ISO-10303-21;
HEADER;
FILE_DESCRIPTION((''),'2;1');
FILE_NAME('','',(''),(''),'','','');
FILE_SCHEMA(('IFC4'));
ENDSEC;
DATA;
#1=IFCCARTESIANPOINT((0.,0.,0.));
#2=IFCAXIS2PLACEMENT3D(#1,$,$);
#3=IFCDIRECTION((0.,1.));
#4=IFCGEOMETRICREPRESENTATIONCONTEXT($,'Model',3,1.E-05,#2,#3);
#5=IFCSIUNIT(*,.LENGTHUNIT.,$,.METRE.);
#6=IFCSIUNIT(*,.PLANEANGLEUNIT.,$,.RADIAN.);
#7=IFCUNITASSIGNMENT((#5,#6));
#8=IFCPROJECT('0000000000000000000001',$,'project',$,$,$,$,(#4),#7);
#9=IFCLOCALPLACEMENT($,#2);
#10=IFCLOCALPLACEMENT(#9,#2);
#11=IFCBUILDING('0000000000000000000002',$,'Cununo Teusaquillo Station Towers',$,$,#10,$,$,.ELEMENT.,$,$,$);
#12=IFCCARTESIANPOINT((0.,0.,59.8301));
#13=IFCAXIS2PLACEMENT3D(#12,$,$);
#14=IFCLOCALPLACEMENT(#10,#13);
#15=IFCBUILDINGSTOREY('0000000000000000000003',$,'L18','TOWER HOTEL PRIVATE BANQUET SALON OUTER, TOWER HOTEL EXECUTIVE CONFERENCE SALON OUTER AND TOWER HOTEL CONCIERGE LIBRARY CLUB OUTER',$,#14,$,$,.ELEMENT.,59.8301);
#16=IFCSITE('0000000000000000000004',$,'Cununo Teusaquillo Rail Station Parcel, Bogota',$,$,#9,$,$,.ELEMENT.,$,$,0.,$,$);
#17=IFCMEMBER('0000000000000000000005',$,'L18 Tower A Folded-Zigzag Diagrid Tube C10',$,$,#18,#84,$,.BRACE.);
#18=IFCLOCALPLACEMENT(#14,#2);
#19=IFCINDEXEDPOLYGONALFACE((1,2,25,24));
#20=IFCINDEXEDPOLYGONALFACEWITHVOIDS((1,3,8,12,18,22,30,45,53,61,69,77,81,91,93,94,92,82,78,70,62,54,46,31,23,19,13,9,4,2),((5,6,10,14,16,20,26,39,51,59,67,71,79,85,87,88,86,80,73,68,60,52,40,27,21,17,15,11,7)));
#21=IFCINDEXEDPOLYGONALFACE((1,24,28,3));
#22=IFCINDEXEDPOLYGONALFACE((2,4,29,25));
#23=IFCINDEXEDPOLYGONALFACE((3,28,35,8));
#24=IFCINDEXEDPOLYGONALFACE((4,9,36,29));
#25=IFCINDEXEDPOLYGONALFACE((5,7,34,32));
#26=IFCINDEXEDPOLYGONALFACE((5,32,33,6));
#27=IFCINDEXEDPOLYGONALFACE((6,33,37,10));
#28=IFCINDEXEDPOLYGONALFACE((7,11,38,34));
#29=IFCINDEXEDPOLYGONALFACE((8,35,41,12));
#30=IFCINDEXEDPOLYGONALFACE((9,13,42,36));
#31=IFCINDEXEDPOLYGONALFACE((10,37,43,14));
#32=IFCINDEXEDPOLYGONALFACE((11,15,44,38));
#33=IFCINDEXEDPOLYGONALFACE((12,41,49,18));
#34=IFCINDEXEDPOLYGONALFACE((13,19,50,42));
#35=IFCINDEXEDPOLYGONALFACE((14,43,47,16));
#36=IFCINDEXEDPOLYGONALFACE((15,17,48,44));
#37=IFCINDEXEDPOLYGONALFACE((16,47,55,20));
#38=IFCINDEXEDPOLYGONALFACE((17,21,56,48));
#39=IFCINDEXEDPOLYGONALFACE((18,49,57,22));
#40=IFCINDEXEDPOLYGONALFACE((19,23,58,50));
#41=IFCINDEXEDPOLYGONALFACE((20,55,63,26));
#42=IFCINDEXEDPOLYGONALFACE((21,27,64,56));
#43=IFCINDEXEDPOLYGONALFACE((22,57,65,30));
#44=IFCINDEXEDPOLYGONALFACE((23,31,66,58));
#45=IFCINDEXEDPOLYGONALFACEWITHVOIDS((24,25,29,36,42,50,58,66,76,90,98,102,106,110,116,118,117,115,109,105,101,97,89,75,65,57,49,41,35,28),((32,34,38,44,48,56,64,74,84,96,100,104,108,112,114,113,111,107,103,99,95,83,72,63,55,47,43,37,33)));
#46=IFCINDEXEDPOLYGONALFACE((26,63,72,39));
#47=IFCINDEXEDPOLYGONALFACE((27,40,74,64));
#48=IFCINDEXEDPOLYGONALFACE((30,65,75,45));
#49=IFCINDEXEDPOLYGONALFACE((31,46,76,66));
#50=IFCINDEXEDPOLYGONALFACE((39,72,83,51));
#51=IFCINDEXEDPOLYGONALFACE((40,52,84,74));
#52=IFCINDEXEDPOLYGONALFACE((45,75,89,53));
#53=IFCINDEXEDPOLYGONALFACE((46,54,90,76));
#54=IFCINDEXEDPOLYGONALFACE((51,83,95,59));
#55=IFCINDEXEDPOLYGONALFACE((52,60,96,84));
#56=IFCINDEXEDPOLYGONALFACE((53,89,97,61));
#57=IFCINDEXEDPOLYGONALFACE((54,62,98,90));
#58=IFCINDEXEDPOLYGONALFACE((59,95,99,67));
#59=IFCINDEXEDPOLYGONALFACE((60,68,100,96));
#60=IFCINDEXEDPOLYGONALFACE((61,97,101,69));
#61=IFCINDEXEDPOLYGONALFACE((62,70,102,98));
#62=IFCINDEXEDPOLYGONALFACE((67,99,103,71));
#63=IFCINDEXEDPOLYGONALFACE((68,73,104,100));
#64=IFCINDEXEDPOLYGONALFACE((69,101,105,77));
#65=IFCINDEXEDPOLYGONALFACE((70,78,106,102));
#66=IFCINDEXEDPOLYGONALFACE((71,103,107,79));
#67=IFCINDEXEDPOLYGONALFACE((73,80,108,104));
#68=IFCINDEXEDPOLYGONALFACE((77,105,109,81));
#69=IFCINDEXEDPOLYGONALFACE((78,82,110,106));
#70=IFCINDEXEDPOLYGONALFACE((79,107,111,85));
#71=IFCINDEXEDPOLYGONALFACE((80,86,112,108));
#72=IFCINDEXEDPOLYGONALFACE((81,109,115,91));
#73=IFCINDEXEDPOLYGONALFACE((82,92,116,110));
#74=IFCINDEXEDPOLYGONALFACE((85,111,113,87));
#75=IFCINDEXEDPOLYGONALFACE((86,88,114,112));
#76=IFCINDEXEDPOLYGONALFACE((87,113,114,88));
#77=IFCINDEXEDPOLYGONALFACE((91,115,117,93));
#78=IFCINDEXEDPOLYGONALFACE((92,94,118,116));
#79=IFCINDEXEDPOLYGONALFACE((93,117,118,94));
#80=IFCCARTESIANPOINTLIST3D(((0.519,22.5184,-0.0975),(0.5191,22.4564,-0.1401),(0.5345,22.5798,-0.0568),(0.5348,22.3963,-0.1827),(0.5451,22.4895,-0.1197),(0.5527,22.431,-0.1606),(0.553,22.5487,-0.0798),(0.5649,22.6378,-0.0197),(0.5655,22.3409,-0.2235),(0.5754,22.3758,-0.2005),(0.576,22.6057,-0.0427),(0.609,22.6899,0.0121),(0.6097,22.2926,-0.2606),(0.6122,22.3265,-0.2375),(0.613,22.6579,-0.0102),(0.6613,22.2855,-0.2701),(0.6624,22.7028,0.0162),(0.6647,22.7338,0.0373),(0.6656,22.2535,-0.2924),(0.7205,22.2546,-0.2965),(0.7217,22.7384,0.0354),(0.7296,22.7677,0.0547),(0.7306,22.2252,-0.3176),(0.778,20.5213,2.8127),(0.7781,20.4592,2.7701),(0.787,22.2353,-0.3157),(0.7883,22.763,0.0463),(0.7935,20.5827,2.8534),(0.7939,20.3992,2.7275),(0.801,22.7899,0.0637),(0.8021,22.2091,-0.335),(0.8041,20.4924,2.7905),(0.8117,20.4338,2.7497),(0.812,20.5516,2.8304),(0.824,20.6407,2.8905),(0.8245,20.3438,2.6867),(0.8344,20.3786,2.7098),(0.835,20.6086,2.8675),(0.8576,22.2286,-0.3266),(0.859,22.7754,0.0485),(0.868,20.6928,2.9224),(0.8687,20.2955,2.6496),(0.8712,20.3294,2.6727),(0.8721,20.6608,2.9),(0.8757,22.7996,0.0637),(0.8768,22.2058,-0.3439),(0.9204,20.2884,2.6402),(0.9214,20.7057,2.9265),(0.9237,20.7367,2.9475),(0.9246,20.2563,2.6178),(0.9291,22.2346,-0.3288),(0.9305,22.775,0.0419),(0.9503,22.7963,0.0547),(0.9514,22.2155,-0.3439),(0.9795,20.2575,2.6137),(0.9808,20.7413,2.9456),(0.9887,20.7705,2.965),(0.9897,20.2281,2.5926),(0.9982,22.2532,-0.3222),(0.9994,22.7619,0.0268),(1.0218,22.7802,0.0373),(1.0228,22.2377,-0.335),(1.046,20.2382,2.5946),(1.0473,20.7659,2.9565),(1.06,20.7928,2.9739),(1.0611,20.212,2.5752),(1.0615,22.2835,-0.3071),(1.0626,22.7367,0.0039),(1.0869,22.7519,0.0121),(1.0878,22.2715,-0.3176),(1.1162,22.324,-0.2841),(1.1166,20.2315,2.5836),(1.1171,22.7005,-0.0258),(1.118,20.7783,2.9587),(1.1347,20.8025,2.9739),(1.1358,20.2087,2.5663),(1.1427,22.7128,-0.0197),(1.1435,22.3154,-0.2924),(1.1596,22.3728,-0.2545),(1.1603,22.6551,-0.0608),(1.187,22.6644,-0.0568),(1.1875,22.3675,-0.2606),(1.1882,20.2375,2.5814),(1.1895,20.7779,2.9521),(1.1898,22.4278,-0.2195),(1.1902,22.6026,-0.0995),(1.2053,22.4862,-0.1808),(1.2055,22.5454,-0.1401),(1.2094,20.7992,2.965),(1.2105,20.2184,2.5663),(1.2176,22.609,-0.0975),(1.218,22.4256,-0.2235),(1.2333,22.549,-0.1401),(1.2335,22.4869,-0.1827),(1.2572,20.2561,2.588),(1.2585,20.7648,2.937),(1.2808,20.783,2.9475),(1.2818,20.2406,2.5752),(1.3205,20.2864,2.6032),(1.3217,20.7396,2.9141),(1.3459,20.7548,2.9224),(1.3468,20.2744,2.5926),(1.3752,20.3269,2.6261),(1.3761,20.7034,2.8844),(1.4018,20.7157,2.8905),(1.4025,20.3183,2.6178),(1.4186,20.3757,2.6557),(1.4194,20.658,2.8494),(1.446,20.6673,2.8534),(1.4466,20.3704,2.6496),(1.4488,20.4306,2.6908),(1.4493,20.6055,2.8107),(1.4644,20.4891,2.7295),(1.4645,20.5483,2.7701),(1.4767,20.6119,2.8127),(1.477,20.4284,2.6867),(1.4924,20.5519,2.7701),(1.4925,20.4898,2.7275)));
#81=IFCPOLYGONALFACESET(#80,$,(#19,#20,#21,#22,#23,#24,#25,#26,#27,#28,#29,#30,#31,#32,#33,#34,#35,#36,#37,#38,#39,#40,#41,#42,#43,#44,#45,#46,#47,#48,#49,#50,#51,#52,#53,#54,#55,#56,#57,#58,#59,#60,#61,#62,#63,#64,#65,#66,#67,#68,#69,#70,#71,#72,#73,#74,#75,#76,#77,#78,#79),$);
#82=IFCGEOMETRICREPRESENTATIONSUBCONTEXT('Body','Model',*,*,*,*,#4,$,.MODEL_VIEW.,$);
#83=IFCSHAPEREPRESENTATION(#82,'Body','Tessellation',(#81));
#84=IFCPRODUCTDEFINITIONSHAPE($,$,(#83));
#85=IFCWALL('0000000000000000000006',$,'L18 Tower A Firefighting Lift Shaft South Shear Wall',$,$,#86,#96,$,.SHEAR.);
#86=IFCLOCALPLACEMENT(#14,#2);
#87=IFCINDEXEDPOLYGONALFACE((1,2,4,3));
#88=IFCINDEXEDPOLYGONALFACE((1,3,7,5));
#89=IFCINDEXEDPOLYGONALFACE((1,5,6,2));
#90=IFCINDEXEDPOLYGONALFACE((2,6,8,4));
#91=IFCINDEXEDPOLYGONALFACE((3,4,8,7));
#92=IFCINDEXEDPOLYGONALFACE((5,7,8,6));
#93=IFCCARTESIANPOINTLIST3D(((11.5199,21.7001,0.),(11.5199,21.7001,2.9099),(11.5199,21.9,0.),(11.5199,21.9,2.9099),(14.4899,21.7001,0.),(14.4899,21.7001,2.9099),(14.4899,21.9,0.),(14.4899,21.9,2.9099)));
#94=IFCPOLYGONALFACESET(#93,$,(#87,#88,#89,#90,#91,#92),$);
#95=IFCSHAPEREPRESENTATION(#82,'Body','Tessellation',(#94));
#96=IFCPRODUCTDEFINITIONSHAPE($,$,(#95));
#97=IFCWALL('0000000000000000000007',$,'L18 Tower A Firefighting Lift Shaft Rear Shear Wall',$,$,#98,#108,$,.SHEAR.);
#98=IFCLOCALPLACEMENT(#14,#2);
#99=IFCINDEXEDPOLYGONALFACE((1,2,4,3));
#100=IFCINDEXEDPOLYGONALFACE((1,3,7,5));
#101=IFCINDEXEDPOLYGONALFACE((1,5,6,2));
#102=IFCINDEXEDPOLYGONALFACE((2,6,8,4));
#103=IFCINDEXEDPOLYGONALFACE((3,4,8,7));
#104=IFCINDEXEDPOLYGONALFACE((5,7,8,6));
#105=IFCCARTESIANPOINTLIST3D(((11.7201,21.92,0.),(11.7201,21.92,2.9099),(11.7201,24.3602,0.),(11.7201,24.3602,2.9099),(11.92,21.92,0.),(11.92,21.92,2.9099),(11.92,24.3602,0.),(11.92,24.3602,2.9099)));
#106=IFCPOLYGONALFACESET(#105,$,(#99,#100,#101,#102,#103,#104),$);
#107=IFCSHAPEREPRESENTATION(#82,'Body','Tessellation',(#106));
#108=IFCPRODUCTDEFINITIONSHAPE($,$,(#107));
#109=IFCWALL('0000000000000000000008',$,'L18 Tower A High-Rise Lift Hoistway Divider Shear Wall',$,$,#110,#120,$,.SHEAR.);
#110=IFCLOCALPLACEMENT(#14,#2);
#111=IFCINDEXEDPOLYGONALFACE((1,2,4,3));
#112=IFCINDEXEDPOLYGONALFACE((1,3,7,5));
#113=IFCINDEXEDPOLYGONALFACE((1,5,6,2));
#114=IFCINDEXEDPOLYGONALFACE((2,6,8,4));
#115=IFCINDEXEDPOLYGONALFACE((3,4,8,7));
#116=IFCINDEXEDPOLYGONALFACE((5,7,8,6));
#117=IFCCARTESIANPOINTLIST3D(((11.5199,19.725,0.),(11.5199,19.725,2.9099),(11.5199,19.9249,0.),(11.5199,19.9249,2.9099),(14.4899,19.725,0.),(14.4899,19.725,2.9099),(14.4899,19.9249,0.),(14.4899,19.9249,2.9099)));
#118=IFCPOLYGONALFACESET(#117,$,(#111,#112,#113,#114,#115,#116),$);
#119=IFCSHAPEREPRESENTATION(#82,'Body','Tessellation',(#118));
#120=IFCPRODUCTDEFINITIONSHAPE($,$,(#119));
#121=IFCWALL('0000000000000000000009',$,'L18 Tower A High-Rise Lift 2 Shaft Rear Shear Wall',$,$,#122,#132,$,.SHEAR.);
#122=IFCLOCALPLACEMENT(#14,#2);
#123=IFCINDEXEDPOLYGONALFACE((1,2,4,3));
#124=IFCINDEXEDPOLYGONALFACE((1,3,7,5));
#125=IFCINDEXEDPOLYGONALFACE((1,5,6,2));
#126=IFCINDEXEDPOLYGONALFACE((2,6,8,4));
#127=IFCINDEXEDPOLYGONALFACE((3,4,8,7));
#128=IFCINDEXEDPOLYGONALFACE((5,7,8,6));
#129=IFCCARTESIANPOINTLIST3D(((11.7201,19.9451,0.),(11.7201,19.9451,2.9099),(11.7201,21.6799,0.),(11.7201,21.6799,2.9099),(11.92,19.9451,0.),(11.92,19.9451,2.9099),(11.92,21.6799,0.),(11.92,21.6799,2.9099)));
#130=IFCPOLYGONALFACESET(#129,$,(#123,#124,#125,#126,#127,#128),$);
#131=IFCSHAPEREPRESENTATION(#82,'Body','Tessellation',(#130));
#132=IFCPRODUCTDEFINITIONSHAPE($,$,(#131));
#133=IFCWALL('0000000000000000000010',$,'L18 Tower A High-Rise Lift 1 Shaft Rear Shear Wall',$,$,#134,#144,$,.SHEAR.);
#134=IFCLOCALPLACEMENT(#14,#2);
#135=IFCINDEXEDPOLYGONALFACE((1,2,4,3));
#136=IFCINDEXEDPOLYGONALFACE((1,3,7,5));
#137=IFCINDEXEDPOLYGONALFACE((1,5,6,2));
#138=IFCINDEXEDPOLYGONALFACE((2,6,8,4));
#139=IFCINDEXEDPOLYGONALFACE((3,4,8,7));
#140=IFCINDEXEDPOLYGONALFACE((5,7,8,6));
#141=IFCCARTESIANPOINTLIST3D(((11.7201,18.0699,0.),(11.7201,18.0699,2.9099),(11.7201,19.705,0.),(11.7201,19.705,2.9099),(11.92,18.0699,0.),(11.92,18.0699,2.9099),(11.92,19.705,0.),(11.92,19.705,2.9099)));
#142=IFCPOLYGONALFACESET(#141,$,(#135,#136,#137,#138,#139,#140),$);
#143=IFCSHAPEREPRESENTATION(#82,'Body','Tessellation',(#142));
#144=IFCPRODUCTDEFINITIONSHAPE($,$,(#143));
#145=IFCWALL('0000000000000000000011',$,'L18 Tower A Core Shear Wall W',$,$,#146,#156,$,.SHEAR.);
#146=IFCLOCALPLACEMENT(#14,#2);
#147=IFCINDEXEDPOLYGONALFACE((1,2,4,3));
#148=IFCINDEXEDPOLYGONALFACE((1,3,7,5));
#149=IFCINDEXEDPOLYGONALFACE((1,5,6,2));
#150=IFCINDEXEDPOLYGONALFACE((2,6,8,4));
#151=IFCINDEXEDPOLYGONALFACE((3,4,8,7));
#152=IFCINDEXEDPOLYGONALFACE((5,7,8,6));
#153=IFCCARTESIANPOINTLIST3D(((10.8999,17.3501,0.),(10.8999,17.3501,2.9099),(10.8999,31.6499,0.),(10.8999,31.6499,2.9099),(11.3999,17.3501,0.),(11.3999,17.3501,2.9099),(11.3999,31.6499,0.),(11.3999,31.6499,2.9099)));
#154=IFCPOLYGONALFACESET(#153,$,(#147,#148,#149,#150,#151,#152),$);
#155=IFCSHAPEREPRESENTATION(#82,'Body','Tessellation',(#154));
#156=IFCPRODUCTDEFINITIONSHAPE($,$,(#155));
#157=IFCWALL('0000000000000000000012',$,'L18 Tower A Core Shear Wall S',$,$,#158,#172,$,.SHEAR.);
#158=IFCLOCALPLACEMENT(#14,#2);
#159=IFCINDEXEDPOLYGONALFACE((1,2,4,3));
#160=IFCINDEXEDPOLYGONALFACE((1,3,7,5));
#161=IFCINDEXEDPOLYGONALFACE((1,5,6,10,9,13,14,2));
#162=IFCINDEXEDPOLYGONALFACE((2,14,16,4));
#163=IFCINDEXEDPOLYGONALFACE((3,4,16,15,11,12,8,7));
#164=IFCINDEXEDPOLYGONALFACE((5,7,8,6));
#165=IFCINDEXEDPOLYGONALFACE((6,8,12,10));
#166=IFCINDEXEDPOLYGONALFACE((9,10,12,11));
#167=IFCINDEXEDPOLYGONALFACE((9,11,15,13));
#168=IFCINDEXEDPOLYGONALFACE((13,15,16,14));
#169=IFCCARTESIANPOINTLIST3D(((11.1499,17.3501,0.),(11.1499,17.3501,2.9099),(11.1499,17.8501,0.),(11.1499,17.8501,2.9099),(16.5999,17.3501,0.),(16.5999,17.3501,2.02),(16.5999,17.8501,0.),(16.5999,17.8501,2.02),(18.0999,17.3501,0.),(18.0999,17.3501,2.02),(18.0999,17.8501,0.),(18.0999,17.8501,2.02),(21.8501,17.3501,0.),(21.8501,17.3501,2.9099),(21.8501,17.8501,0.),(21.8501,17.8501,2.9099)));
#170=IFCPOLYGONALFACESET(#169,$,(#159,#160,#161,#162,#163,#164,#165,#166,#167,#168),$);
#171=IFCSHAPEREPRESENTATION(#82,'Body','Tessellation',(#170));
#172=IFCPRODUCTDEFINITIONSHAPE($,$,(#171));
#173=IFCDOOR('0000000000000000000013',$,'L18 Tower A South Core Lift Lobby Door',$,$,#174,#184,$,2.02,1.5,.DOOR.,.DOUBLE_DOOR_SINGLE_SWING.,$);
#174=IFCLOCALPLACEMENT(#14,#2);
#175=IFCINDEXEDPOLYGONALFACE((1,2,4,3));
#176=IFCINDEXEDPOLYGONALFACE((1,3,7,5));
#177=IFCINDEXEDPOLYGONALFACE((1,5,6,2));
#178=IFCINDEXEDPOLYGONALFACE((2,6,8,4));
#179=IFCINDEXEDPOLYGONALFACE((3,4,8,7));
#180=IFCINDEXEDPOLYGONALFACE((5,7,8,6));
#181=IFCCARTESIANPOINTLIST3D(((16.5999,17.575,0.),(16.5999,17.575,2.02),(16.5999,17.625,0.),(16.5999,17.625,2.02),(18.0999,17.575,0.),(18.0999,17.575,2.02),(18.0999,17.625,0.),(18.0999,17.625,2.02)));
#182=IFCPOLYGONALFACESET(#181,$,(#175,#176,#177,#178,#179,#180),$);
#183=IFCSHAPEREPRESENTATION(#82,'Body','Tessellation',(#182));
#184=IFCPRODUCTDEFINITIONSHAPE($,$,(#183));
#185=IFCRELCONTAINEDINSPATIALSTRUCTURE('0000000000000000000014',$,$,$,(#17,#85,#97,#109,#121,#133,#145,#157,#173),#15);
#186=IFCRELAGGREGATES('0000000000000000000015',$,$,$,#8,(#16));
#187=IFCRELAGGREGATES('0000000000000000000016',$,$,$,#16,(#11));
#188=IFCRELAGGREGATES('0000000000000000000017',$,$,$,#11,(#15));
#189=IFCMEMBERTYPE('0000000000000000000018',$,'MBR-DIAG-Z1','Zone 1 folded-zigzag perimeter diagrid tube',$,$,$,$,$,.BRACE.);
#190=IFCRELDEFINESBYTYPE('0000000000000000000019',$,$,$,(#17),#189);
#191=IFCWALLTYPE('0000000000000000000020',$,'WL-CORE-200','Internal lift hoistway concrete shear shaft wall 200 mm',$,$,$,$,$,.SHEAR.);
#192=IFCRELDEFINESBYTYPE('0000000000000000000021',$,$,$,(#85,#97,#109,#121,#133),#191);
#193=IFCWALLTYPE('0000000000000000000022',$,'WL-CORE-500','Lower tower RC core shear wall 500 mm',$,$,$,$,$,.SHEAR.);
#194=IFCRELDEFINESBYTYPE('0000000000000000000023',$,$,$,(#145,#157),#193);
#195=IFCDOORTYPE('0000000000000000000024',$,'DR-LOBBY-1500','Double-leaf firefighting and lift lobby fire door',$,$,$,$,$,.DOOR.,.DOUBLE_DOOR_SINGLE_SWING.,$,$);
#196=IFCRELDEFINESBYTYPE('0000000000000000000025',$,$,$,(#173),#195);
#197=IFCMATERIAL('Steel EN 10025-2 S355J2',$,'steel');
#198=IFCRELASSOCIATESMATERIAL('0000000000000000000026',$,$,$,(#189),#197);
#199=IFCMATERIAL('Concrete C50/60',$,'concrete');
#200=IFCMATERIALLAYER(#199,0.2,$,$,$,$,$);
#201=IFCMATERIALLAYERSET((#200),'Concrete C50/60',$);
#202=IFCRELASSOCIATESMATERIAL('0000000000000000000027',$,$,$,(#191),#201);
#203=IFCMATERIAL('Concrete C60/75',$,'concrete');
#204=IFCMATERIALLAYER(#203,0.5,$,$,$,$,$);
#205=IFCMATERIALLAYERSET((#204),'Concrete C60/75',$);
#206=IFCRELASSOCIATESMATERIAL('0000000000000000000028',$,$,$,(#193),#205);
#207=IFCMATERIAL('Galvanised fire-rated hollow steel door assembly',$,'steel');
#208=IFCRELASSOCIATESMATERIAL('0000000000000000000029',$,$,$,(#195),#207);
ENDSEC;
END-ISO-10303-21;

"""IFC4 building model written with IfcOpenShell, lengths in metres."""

from ifc_helpers import new_model, si_unit, direction, frame, frame_2d, origin, origin_2d, place, context, subcontext, project, spatial, rectangle, hollow_circle, extrude, source, transform, mapped, material, layer, layer_set, material_profile, profile_set, type_object, element, fill, save


model = new_model("IFC4")

# Units and contexts
model_context = context("Model", 3, precision=1e-05, world=origin(), true_north=direction((0.0, 1.0)))
body_context = subcontext(model_context, "Body", "Model", "MODEL_VIEW")
ifc_project = project(units=[si_unit("LENGTHUNIT", "METRE"), si_unit("PLANEANGLEUNIT", "RADIAN")], contexts=[model_context])

# Site, building, storey
site_placement = place(None, origin())
site = spatial("IfcSite", under=ifc_project, at=site_placement, Name="Cununo Teusaquillo Rail Station Parcel, Bogota", CompositionType="ELEMENT", RefElevation=0.0)
building_placement = place(site_placement, origin())
building = spatial("IfcBuilding", under=site, at=building_placement, Name="Cununo Teusaquillo Station Towers", CompositionType="ELEMENT")
storey_placement = place(building_placement, frame((0.0, 0.0, 59.8301)))
storey = spatial("IfcBuildingStorey", under=building, at=storey_placement, Name="L18", Description="TOWER HOTEL PRIVATE BANQUET SALON OUTER, TOWER HOTEL EXECUTIVE CONFERENCE SALON OUTER AND TOWER HOTEL CONCIERGE LIBRARY CLUB OUTER", CompositionType="ELEMENT", Elevation=59.8301)

# Member
ifc_material_1 = material(Name="Steel EN 10025-2 S355J2", Category="steel")
ifc_material_profile_1 = material_profile(ifc_material_1, hollow_circle(Radius=0.3601, WallThickness=0.0281, at=origin_2d()), Name="CHS 720x28")
ifc_profile_set_1 = profile_set([ifc_material_profile_1], Name="Steel EN 10025-2 S355J2")
member_type = type_object("IfcMemberType", Name="MBR-DIAG-Z1", Description="Zone 1 folded-zigzag perimeter diagrid tube", PredefinedType="BRACE", material=ifc_profile_set_1)
member_placement = place(storey_placement, frame((0.8762, 22.5027, -0.1401), z_axis=(0.073194, -0.564306, 0.822314), x_axis=(0.991693, 0.128629, 0.0)))
element("IfcMember", 1, at=member_placement, inside=storey, type_object=member_type, Name="L18 Tower A Folded-Zigzag Diagrid Tube C10", PredefinedType="BRACE", context=body_context, shape_type="SweptSolid", body=[
    extrude(hollow_circle(Radius=0.3601, WallThickness=0.0281, at=origin_2d()), origin(), (0.0, 0.0, 1.0), 3.5391),
])

# Walls
ifc_material_2 = material(Name="Concrete C50/60", Category="concrete")
ifc_layer_1 = layer(ifc_material_2, 0.2)
ifc_layer_set_1 = layer_set([ifc_layer_1], Name="Concrete C50/60")
wall_type_1 = type_object("IfcWallType", Name="WL-CORE-200", Description="Internal lift hoistway concrete shear shaft wall 200 mm", PredefinedType="SHEAR", material=ifc_layer_set_1)
wall_1_placement = place(storey_placement, frame((11.52, 21.8, 0.0), z_axis=(0.0, 0.0, 1.0), x_axis=(1.0, 0.0, 0.0)))
element("IfcWall", 2, at=wall_1_placement, inside=storey, type_object=wall_type_1, Name="L18 Tower A Firefighting Lift Shaft South Shear Wall", PredefinedType="SHEAR", context=body_context, shape_type="SweptSolid", body=[
    extrude(rectangle(XDim=2.97, YDim=0.2, at=frame_2d((1.4849, 0.0))), origin(), (0.0, 0.0, 1.0), 2.9099),
])
wall_2_placement = place(storey_placement, frame((11.8201, 21.9199, 0.0), z_axis=(0.0, 0.0, 1.0), x_axis=(0.0, 1.0, 0.0)))
element("IfcWall", 3, at=wall_2_placement, inside=storey, type_object=wall_type_1, Name="L18 Tower A Firefighting Lift Shaft Rear Shear Wall", PredefinedType="SHEAR", context=body_context, shape_type="SweptSolid", body=[
    extrude(rectangle(XDim=2.4402, YDim=0.2, at=frame_2d((1.2202, 0.0))), origin(), (0.0, 0.0, 1.0), 2.9099),
])
wall_3_placement = place(storey_placement, frame((11.52, 19.825, 0.0), z_axis=(0.0, 0.0, 1.0), x_axis=(1.0, 0.0, 0.0)))
element("IfcWall", 4, at=wall_3_placement, inside=storey, type_object=wall_type_1, Name="L18 Tower A High-Rise Lift Hoistway Divider Shear Wall", PredefinedType="SHEAR", context=body_context, shape_type="SweptSolid", body=[
    extrude(rectangle(XDim=2.97, YDim=0.2, at=frame_2d((1.4849, 0.0))), origin(), (0.0, 0.0, 1.0), 2.9099),
])
wall_4_placement = place(storey_placement, frame((11.8201, 19.9451, 0.0), z_axis=(0.0, 0.0, 1.0), x_axis=(0.0, 1.0, 0.0)))
element("IfcWall", 5, at=wall_4_placement, inside=storey, type_object=wall_type_1, Name="L18 Tower A High-Rise Lift 2 Shaft Rear Shear Wall", PredefinedType="SHEAR", context=body_context, shape_type="SweptSolid", body=[
    extrude(rectangle(XDim=1.7349, YDim=0.2, at=frame_2d((0.8674, 0.0))), origin(), (0.0, 0.0, 1.0), 2.9099),
])
wall_5_placement = place(storey_placement, frame((11.8201, 18.0701, 0.0), z_axis=(0.0, 0.0, 1.0), x_axis=(0.0, 1.0, 0.0)))
element("IfcWall", 6, at=wall_5_placement, inside=storey, type_object=wall_type_1, Name="L18 Tower A High-Rise Lift 1 Shaft Rear Shear Wall", PredefinedType="SHEAR", context=body_context, shape_type="SweptSolid", body=[
    extrude(rectangle(XDim=1.635, YDim=0.2, at=frame_2d((0.8174, 0.0))), origin(), (0.0, 0.0, 1.0), 2.9099),
])
ifc_material_3 = material(Name="Concrete C60/75", Category="concrete")
ifc_layer_2 = layer(ifc_material_3, 0.5)
ifc_layer_set_2 = layer_set([ifc_layer_2], Name="Concrete C60/75")
wall_type_2 = type_object("IfcWallType", Name="WL-CORE-500", Description="Lower tower RC core shear wall 500 mm", PredefinedType="SHEAR", material=ifc_layer_set_2)
wall_6_placement = place(storey_placement, frame((11.1499, 17.3501, 0.0), z_axis=(0.0, 0.0, 1.0), x_axis=(0.0, 1.0, 0.0)))
element("IfcWall", 7, at=wall_6_placement, inside=storey, type_object=wall_type_2, Name="L18 Tower A Core Shear Wall W", PredefinedType="SHEAR", context=body_context, shape_type="SweptSolid", body=[
    extrude(rectangle(XDim=14.2998, YDim=0.5, at=frame_2d((7.1499, 0.0))), origin(), (0.0, 0.0, 1.0), 2.9099),
])

# Wall, opening, door
wall_7_placement = place(storey_placement, frame((11.1499, 17.6001, 0.0), z_axis=(0.0, 0.0, 1.0), x_axis=(1.0, 0.0, 0.0)))
wall_7 = element("IfcWall", 8, at=wall_7_placement, inside=storey, type_object=wall_type_2, Name="L18 Tower A Core Shear Wall S", PredefinedType="SHEAR", context=body_context, shape_type="SweptSolid", body=[
    extrude(rectangle(XDim=10.7002, YDim=0.5, at=frame_2d((5.3501, 0.0))), origin(), (0.0, 0.0, 1.0), 2.9099),
])
shared_shape_1 = source(origin(), body_context, "Body", "SweptSolid", [
    extrude(rectangle(XDim=1.5, YDim=2.02, at=frame_2d((0.75, 1.01))), frame((0.0, 0.26, 0.0), z_axis=(0.0, -1.0, 0.0), x_axis=(1.0, 0.0, 0.0)), (0.0, 0.0, 1.0), 0.52),
])
opening_1_placement = place(wall_7_placement, frame((5.45, 0.0, 0.0)))
opening_1 = element("IfcOpeningElement", 9, at=opening_1_placement, cuts=wall_7, PredefinedType="OPENING", context=body_context, shape_type="MappedRepresentation", body=[
    mapped(shared_shape_1, transform((0.0, 0.0, 0.0), x_axis=(1.0, 0.0, 0.0), y_axis=(0.0, 1.0, 0.0), z_axis=(0.0, 0.0, 1.0), scale=1.0)),
])
ifc_material_4 = material(Name="Galvanised fire-rated hollow steel door assembly", Category="steel")
door_type_1 = type_object("IfcDoorType", Name="DR-LOBBY-1500", Description="Double-leaf firefighting and lift lobby fire door", OperationType="DOUBLE_DOOR_SINGLE_SWING", PredefinedType="DOOR", material=ifc_material_4)
shared_shape_2 = source(origin(), body_context, "Body", "SweptSolid", [
    extrude(rectangle(XDim=1.5, YDim=2.02, at=frame_2d((0.75, 1.01))), frame((0.0, 0.0249, 0.0), z_axis=(0.0, -1.0, 0.0), x_axis=(1.0, 0.0, 0.0)), (0.0, 0.0, 1.0), 0.05),
])
door_1_placement = place(opening_1_placement, origin())
door_1 = element("IfcDoor", 10, at=door_1_placement, inside=storey, type_object=door_type_1, Name="L18 Tower A South Core Lift Lobby Door", OperationType="DOUBLE_DOOR_SINGLE_SWING", OverallHeight=2.02, OverallWidth=1.5, PredefinedType="DOOR", context=body_context, shape_type="MappedRepresentation", body=[
    mapped(shared_shape_2, transform((0.0, 0.0, 0.0), x_axis=(1.0, 0.0, 0.0), y_axis=(0.0, 1.0, 0.0), z_axis=(0.0, 0.0, 1.0), scale=1.0)),
])
fill(opening_1, door_1)

save(model, "model.ifc")
